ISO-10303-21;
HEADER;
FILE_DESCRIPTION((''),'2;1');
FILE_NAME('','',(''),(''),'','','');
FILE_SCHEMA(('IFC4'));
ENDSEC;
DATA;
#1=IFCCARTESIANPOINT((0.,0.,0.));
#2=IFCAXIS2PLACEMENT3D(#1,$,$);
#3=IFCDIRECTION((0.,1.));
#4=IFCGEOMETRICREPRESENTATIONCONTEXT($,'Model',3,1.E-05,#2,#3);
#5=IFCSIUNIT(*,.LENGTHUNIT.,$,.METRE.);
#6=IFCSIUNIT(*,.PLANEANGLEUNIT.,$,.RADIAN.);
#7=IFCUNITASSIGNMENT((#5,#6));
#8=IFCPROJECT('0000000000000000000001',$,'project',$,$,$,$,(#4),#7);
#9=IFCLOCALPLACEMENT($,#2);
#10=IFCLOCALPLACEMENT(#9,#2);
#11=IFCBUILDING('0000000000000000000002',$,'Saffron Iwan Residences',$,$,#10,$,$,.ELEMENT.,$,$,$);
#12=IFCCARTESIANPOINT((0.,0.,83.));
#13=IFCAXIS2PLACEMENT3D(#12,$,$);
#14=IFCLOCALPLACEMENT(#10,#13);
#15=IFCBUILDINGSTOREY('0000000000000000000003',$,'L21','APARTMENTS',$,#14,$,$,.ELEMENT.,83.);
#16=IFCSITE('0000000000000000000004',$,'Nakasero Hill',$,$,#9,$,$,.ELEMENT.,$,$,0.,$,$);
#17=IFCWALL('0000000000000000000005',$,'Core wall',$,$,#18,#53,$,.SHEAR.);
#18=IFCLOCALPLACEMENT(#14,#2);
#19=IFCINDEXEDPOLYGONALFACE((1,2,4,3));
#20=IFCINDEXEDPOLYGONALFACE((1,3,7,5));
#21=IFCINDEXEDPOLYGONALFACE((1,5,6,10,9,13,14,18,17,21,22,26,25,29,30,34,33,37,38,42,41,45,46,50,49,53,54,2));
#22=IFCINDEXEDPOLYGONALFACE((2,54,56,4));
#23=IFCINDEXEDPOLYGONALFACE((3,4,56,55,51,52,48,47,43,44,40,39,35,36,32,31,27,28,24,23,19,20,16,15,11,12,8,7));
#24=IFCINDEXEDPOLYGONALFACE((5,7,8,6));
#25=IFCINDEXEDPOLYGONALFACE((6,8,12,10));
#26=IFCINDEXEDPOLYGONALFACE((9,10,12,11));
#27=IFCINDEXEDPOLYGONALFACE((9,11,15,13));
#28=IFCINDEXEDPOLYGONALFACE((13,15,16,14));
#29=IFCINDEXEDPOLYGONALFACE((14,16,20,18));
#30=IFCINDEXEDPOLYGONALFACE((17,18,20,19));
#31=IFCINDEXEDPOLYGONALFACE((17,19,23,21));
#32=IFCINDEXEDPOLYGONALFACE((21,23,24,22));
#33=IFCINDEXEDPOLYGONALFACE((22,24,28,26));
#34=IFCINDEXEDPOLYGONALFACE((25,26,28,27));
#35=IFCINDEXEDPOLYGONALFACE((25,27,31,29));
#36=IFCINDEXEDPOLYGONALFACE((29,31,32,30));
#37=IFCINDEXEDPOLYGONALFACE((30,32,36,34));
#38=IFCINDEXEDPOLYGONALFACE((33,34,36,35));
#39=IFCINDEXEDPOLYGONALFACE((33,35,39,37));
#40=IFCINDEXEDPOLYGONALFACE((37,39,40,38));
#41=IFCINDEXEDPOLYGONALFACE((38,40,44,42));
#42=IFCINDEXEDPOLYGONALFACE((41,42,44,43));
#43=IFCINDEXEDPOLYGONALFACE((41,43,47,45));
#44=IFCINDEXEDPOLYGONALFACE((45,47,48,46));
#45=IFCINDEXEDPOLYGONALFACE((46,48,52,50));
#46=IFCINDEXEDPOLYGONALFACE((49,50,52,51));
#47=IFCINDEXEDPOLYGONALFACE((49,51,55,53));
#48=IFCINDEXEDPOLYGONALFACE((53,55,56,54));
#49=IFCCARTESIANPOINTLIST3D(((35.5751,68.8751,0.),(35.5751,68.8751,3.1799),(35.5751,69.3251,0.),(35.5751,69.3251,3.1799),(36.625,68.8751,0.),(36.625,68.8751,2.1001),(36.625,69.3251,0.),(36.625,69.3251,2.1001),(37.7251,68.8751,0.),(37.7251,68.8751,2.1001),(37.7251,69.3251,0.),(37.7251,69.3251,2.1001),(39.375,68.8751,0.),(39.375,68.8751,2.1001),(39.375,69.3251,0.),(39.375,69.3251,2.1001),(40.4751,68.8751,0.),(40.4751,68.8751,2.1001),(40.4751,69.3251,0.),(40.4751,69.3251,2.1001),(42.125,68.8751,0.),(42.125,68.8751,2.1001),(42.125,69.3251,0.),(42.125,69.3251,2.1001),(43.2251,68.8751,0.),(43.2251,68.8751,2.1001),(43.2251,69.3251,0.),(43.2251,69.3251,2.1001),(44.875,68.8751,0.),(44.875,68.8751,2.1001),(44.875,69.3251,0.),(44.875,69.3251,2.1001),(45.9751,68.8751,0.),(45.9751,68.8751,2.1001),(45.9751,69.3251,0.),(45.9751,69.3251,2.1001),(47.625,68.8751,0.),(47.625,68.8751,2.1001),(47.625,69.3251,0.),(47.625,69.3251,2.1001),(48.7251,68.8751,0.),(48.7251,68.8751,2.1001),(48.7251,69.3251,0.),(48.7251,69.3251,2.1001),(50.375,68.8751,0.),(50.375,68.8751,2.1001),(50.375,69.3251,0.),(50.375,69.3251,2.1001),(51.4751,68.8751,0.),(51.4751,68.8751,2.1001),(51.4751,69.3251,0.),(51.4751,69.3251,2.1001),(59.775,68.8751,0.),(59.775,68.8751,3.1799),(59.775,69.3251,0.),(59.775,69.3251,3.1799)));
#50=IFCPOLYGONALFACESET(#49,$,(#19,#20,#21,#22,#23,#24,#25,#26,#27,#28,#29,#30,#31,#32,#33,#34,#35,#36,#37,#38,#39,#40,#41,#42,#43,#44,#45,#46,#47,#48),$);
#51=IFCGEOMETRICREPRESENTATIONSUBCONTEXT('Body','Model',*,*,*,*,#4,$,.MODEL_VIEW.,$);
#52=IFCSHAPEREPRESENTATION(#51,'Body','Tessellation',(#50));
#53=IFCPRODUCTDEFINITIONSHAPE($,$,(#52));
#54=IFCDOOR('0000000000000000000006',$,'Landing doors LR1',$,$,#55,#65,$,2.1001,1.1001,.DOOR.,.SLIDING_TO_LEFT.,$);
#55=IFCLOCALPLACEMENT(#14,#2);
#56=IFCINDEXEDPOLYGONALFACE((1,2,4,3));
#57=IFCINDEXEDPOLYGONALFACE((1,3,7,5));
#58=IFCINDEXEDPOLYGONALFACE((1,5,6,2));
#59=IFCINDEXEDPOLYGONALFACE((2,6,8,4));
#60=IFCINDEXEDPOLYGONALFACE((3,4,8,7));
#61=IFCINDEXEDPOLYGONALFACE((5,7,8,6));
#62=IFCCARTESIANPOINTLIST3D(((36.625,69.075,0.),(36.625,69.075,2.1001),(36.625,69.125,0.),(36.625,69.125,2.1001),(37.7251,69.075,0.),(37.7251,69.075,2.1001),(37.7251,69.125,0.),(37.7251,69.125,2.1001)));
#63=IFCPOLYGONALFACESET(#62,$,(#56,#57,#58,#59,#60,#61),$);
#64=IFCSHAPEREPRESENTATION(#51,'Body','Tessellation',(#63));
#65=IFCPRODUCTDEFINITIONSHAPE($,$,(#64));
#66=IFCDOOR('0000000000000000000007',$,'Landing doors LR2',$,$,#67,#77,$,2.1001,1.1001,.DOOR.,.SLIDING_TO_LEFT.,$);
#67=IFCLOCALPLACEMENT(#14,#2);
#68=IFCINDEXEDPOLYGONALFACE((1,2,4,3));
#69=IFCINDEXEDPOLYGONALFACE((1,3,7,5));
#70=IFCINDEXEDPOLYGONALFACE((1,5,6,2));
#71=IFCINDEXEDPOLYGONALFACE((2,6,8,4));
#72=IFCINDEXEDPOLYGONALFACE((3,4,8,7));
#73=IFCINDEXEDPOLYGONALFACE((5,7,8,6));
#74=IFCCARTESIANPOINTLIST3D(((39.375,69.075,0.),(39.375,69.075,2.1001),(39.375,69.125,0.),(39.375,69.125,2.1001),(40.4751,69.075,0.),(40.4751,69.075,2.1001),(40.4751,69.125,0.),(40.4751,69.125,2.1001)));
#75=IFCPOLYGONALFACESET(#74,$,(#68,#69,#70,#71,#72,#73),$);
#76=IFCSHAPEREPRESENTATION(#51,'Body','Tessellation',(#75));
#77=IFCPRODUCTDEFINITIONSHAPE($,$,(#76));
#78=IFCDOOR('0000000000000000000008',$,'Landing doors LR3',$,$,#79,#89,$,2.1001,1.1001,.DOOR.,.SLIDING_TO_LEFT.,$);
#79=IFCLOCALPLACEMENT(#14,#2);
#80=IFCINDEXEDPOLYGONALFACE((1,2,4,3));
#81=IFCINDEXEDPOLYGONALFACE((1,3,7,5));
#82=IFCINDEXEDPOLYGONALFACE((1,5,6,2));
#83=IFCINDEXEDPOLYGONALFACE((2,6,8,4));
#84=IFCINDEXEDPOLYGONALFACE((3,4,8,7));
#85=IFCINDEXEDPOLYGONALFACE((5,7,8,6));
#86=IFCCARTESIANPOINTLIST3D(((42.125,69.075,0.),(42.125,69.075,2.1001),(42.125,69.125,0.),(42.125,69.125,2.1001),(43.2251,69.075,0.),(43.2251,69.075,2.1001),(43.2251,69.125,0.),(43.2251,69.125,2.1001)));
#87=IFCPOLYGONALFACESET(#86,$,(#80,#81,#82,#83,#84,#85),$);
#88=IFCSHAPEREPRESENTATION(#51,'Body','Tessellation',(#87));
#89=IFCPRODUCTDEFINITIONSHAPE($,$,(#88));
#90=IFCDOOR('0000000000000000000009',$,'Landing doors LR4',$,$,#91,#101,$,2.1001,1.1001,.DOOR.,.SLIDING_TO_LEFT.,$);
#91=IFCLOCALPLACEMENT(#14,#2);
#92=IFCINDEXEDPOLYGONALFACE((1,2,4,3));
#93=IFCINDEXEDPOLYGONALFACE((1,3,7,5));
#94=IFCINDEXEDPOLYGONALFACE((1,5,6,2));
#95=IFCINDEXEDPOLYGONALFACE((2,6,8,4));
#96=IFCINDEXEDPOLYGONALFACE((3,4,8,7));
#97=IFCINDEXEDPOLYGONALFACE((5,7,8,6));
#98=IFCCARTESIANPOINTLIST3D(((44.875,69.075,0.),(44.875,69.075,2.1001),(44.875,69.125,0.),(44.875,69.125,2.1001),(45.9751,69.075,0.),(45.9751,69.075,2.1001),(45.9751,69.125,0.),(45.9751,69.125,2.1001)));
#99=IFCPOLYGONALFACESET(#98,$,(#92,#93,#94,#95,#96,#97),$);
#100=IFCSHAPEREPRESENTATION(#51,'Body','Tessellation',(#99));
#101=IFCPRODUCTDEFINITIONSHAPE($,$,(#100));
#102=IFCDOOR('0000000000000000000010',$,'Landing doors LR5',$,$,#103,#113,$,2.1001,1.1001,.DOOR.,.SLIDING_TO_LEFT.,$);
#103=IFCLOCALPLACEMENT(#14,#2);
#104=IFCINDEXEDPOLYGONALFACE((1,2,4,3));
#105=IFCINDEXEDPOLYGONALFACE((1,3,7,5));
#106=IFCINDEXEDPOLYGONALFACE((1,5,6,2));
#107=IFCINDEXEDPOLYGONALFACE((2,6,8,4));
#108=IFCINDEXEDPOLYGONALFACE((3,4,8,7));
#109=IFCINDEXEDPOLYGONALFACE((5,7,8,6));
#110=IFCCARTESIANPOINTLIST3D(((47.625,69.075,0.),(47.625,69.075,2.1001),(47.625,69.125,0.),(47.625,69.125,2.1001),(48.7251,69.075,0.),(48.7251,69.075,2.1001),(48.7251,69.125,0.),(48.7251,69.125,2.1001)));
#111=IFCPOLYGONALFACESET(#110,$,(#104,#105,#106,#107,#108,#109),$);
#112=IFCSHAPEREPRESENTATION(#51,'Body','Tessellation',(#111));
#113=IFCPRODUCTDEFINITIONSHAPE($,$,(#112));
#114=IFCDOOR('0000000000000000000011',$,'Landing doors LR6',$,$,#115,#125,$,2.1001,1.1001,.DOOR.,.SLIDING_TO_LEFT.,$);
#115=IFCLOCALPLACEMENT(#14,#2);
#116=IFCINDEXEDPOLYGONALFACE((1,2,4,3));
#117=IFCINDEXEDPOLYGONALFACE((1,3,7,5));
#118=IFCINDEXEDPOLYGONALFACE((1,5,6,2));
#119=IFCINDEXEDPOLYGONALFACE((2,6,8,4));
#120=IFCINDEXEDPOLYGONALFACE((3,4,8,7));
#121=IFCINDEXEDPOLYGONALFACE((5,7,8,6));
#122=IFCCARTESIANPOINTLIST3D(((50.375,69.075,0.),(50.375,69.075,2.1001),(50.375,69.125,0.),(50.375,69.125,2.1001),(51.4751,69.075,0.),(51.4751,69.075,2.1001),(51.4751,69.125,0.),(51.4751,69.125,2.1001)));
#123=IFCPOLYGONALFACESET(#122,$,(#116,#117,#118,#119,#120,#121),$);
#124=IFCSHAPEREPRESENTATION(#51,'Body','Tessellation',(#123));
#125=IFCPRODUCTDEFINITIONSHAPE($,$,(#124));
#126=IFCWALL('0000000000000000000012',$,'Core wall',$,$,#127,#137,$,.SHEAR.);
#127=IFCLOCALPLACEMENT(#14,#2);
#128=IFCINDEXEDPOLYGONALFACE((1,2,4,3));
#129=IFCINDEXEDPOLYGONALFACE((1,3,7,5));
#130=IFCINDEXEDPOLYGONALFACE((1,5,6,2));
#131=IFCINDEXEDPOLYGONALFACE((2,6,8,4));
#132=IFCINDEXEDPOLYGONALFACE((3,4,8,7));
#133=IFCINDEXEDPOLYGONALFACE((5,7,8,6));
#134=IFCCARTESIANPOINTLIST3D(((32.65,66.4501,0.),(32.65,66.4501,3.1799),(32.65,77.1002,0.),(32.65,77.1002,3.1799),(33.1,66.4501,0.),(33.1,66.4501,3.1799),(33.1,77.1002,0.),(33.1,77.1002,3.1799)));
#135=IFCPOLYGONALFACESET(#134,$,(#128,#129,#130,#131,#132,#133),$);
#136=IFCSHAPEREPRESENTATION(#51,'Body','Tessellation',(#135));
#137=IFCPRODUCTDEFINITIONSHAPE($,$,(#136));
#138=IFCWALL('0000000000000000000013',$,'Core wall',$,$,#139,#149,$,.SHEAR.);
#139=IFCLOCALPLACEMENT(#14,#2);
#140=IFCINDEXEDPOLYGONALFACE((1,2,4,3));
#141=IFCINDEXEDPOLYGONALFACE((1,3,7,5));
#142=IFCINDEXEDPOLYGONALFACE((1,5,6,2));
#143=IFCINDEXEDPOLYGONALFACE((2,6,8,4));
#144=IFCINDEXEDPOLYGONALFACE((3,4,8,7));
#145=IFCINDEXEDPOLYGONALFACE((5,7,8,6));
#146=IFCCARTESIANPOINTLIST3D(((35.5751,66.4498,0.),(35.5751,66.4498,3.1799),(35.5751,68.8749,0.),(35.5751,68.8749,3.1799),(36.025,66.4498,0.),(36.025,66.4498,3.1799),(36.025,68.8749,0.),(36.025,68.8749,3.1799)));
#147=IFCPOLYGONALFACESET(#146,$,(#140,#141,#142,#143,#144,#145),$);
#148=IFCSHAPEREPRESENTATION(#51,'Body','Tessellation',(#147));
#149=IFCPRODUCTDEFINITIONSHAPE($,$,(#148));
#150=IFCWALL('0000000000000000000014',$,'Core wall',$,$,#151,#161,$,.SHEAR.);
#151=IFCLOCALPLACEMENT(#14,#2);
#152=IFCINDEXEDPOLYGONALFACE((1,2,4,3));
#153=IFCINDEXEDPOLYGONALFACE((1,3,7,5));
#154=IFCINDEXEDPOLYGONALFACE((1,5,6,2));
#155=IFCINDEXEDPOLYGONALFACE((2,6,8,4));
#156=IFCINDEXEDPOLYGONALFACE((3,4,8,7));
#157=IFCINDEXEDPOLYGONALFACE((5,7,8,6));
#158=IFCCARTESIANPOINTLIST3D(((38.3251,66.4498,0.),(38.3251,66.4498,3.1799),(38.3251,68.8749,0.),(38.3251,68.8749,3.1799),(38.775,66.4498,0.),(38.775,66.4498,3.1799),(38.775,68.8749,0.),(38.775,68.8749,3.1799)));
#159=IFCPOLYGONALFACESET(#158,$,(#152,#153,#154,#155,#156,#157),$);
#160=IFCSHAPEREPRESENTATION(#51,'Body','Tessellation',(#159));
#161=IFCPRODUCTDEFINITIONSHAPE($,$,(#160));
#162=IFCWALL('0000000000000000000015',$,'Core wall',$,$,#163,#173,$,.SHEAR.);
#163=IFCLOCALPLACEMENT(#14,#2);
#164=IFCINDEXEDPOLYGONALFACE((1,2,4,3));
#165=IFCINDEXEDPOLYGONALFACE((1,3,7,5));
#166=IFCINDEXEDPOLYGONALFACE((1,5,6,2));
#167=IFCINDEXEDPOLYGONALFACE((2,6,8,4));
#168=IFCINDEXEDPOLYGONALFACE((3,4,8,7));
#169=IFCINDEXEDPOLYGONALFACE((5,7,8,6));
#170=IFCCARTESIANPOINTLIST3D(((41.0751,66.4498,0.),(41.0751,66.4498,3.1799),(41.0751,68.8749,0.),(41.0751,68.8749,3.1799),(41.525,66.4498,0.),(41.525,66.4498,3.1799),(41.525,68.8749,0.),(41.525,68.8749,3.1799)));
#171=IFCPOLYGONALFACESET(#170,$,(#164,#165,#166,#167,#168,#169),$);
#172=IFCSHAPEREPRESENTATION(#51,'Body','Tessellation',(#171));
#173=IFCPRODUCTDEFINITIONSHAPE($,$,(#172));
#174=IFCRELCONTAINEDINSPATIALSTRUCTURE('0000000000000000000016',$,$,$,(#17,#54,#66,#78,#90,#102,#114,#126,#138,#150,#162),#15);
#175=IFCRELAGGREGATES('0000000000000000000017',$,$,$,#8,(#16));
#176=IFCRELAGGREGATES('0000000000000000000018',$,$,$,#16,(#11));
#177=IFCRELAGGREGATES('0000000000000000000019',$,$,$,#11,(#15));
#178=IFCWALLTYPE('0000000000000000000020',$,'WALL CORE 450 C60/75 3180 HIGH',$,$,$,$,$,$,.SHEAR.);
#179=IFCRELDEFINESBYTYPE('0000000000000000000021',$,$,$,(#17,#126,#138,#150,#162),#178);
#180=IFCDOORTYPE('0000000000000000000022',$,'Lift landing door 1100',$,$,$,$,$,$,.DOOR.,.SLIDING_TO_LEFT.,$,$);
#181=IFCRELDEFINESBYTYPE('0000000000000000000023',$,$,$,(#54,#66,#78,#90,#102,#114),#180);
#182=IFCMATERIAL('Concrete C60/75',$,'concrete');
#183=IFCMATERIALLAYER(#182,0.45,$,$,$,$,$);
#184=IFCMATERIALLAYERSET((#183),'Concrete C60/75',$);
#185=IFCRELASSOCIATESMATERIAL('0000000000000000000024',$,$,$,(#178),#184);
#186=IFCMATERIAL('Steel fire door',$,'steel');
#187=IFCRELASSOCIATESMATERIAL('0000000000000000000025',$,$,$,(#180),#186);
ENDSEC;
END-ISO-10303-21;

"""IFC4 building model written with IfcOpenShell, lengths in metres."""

from ifc_helpers import new_model, si_unit, direction, frame, frame_2d, origin, place, context, subcontext, project, spatial, rectangle, extrude, material, layer, layer_set, type_object, element, fill, save


model = new_model("IFC4")

# Units and contexts
model_context = context("Model", 3, precision=1e-05, world=origin(), true_north=direction((0.0, 1.0)))
body_context = subcontext(model_context, "Body", "Model", "MODEL_VIEW")
ifc_project = project(units=[si_unit("LENGTHUNIT", "METRE"), si_unit("PLANEANGLEUNIT", "RADIAN")], contexts=[model_context])

# Site, building, storey
site_placement = place(None, origin())
site = spatial("IfcSite", under=ifc_project, at=site_placement, Name="Nakasero Hill", CompositionType="ELEMENT", RefElevation=0.0)
building_placement = place(site_placement, origin())
building = spatial("IfcBuilding", under=site, at=building_placement, Name="Saffron Iwan Residences", CompositionType="ELEMENT")
storey_placement = place(building_placement, frame((0.0, 0.0, 83.0)))
storey = spatial("IfcBuildingStorey", under=building, at=storey_placement, Name="L21", Description="APARTMENTS", CompositionType="ELEMENT", Elevation=83.0)

# Wall, openings, doors
ifc_material_1 = material(Name="Concrete C60/75", Category="concrete")
ifc_layer_1 = layer(ifc_material_1, 0.45)
ifc_layer_set_1 = layer_set([ifc_layer_1], Name="Concrete C60/75")
wall_type_1 = type_object("IfcWallType", Name="WALL CORE 450 C60/75 3180 HIGH", PredefinedType="SHEAR", material=ifc_layer_set_1)
ifc_material_2 = material(Name="Steel fire door", Category="steel")
wall_1_placement = place(storey_placement, frame((35.575, 69.1001, 0.0), z_axis=(0.0, 0.0, 1.0), x_axis=(1.0, 0.0, 0.0)))
wall_1 = element("IfcWall", 1, at=wall_1_placement, inside=storey, type_object=wall_type_1, Name="Core wall", PredefinedType="SHEAR", context=body_context, shape_type="SweptSolid", body=[
    extrude(rectangle(XDim=24.2, YDim=0.45, at=frame_2d((12.1001, 0.0))), origin(), (0.0, 0.0, 1.0), 3.1799),
])
opening_1_placement = place(wall_1_placement, frame((1.05, 0.0, 0.0)))
opening_1 = element("IfcOpeningElement", 2, at=opening_1_placement, cuts=wall_1, PredefinedType="OPENING", context=body_context, shape_type="SweptSolid", body=[
    extrude(rectangle(XDim=1.1001, YDim=2.1001, at=frame_2d((0.55, 1.05))), frame((0.0, 0.2349, 0.0), z_axis=(0.0, -1.0, 0.0), x_axis=(1.0, 0.0, 0.0)), (0.0, 0.0, 1.0), 0.47),
])
opening_2_placement = place(wall_1_placement, frame((3.8, 0.0, 0.0)))
opening_2 = element("IfcOpeningElement", 3, at=opening_2_placement, cuts=wall_1, PredefinedType="OPENING", context=body_context, shape_type="SweptSolid", body=[
    extrude(rectangle(XDim=1.1001, YDim=2.1001, at=frame_2d((0.55, 1.05))), frame((0.0, 0.2349, 0.0), z_axis=(0.0, -1.0, 0.0), x_axis=(1.0, 0.0, 0.0)), (0.0, 0.0, 1.0), 0.47),
])
opening_3_placement = place(wall_1_placement, frame((6.55, 0.0, 0.0)))
opening_3 = element("IfcOpeningElement", 4, at=opening_3_placement, cuts=wall_1, PredefinedType="OPENING", context=body_context, shape_type="SweptSolid", body=[
    extrude(rectangle(XDim=1.1001, YDim=2.1001, at=frame_2d((0.55, 1.05))), frame((0.0, 0.2349, 0.0), z_axis=(0.0, -1.0, 0.0), x_axis=(1.0, 0.0, 0.0)), (0.0, 0.0, 1.0), 0.47),
])
opening_4_placement = place(wall_1_placement, frame((9.3, 0.0, 0.0)))
opening_4 = element("IfcOpeningElement", 5, at=opening_4_placement, cuts=wall_1, PredefinedType="OPENING", context=body_context, shape_type="SweptSolid", body=[
    extrude(rectangle(XDim=1.1001, YDim=2.1001, at=frame_2d((0.55, 1.05))), frame((0.0, 0.2349, 0.0), z_axis=(0.0, -1.0, 0.0), x_axis=(1.0, 0.0, 0.0)), (0.0, 0.0, 1.0), 0.47),
])
opening_5_placement = place(wall_1_placement, frame((12.05, 0.0, 0.0)))
opening_5 = element("IfcOpeningElement", 6, at=opening_5_placement, cuts=wall_1, PredefinedType="OPENING", context=body_context, shape_type="SweptSolid", body=[
    extrude(rectangle(XDim=1.1001, YDim=2.1001, at=frame_2d((0.55, 1.05))), frame((0.0, 0.2349, 0.0), z_axis=(0.0, -1.0, 0.0), x_axis=(1.0, 0.0, 0.0)), (0.0, 0.0, 1.0), 0.47),
])
opening_6_placement = place(wall_1_placement, frame((14.8, 0.0, 0.0)))
opening_6 = element("IfcOpeningElement", 7, at=opening_6_placement, cuts=wall_1, PredefinedType="OPENING", context=body_context, shape_type="SweptSolid", body=[
    extrude(rectangle(XDim=1.1001, YDim=2.1001, at=frame_2d((0.55, 1.05))), frame((0.0, 0.2349, 0.0), z_axis=(0.0, -1.0, 0.0), x_axis=(1.0, 0.0, 0.0)), (0.0, 0.0, 1.0), 0.47),
])
door_type_1 = type_object("IfcDoorType", Name="Lift landing door 1100", OperationType="SLIDING_TO_LEFT", PredefinedType="DOOR", material=ifc_material_2)
door_1_placement = place(opening_1_placement, origin())
door_1 = element("IfcDoor", 8, at=door_1_placement, inside=storey, type_object=door_type_1, Name="Landing doors LR1", OperationType="SLIDING_TO_LEFT", OverallHeight=2.1001, OverallWidth=1.1001, PredefinedType="DOOR", context=body_context, shape_type="SweptSolid", body=[
    extrude(rectangle(XDim=1.1001, YDim=2.1001, at=frame_2d((0.55, 1.05))), frame((0.0, 0.0249, 0.0), z_axis=(0.0, -1.0, 0.0), x_axis=(1.0, 0.0, 0.0)), (0.0, 0.0, 1.0), 0.05),
])
fill(opening_1, door_1)
door_2_placement = place(opening_2_placement, origin())
door_2 = element("IfcDoor", 9, at=door_2_placement, inside=storey, type_object=door_type_1, Name="Landing doors LR2", OperationType="SLIDING_TO_LEFT", OverallHeight=2.1001, OverallWidth=1.1001, PredefinedType="DOOR", context=body_context, shape_type="SweptSolid", body=[
    extrude(rectangle(XDim=1.1001, YDim=2.1001, at=frame_2d((0.55, 1.05))), frame((0.0, 0.0249, 0.0), z_axis=(0.0, -1.0, 0.0), x_axis=(1.0, 0.0, 0.0)), (0.0, 0.0, 1.0), 0.05),
])
fill(opening_2, door_2)
door_3_placement = place(opening_3_placement, origin())
door_3 = element("IfcDoor", 10, at=door_3_placement, inside=storey, type_object=door_type_1, Name="Landing doors LR3", OperationType="SLIDING_TO_LEFT", OverallHeight=2.1001, OverallWidth=1.1001, PredefinedType="DOOR", context=body_context, shape_type="SweptSolid", body=[
    extrude(rectangle(XDim=1.1001, YDim=2.1001, at=frame_2d((0.55, 1.05))), frame((0.0, 0.0249, 0.0), z_axis=(0.0, -1.0, 0.0), x_axis=(1.0, 0.0, 0.0)), (0.0, 0.0, 1.0), 0.05),
])
fill(opening_3, door_3)
door_4_placement = place(opening_4_placement, origin())
door_4 = element("IfcDoor", 11, at=door_4_placement, inside=storey, type_object=door_type_1, Name="Landing doors LR4", OperationType="SLIDING_TO_LEFT", OverallHeight=2.1001, OverallWidth=1.1001, PredefinedType="DOOR", context=body_context, shape_type="SweptSolid", body=[
    extrude(rectangle(XDim=1.1001, YDim=2.1001, at=frame_2d((0.55, 1.05))), frame((0.0, 0.0249, 0.0), z_axis=(0.0, -1.0, 0.0), x_axis=(1.0, 0.0, 0.0)), (0.0, 0.0, 1.0), 0.05),
])
fill(opening_4, door_4)
door_5_placement = place(opening_5_placement, origin())
door_5 = element("IfcDoor", 12, at=door_5_placement, inside=storey, type_object=door_type_1, Name="Landing doors LR5", OperationType="SLIDING_TO_LEFT", OverallHeight=2.1001, OverallWidth=1.1001, PredefinedType="DOOR", context=body_context, shape_type="SweptSolid", body=[
    extrude(rectangle(XDim=1.1001, YDim=2.1001, at=frame_2d((0.55, 1.05))), frame((0.0, 0.0249, 0.0), z_axis=(0.0, -1.0, 0.0), x_axis=(1.0, 0.0, 0.0)), (0.0, 0.0, 1.0), 0.05),
])
fill(opening_5, door_5)
door_6_placement = place(opening_6_placement, origin())
door_6 = element("IfcDoor", 13, at=door_6_placement, inside=storey, type_object=door_type_1, Name="Landing doors LR6", OperationType="SLIDING_TO_LEFT", OverallHeight=2.1001, OverallWidth=1.1001, PredefinedType="DOOR", context=body_context, shape_type="SweptSolid", body=[
    extrude(rectangle(XDim=1.1001, YDim=2.1001, at=frame_2d((0.55, 1.05))), frame((0.0, 0.0249, 0.0), z_axis=(0.0, -1.0, 0.0), x_axis=(1.0, 0.0, 0.0)), (0.0, 0.0, 1.0), 0.05),
])
fill(opening_6, door_6)

# Walls
wall_2_placement = place(storey_placement, frame((32.875, 66.45, 0.0), z_axis=(0.0, 0.0, 1.0), x_axis=(0.0, 1.0, 0.0)))
element("IfcWall", 14, at=wall_2_placement, inside=storey, type_object=wall_type_1, Name="Core wall", PredefinedType="SHEAR", context=body_context, shape_type="SweptSolid", body=[
    extrude(rectangle(XDim=10.6501, YDim=0.45, at=frame_2d((5.3252, 0.0))), origin(), (0.0, 0.0, 1.0), 3.1799),
])
for number, where, z_axis, x_axis, name in (
    (15, (35.8, 66.45, 0.0), (0.0, 0.0, 1.0), (0.0, 1.0, 0.0), "Core wall"),
    (16, (38.55, 66.45, 0.0), (0.0, 0.0, 1.0), (0.0, 1.0, 0.0), "Core wall"),
    (17, (41.3, 66.45, 0.0), (0.0, 0.0, 1.0), (0.0, 1.0, 0.0), "Core wall"),
):
    element("IfcWall", number, at=place(storey_placement, frame(where, z_axis=z_axis, x_axis=x_axis)), inside=storey, type_object=wall_type_1, Name=name, PredefinedType="SHEAR", context=body_context, shape_type="SweptSolid", body=[
        extrude(rectangle(XDim=2.425, YDim=0.45, at=frame_2d((1.2124, 0.0))), origin(), (0.0, 0.0, 1.0), 3.1799),
    ])

save(model, "model.ifc")
